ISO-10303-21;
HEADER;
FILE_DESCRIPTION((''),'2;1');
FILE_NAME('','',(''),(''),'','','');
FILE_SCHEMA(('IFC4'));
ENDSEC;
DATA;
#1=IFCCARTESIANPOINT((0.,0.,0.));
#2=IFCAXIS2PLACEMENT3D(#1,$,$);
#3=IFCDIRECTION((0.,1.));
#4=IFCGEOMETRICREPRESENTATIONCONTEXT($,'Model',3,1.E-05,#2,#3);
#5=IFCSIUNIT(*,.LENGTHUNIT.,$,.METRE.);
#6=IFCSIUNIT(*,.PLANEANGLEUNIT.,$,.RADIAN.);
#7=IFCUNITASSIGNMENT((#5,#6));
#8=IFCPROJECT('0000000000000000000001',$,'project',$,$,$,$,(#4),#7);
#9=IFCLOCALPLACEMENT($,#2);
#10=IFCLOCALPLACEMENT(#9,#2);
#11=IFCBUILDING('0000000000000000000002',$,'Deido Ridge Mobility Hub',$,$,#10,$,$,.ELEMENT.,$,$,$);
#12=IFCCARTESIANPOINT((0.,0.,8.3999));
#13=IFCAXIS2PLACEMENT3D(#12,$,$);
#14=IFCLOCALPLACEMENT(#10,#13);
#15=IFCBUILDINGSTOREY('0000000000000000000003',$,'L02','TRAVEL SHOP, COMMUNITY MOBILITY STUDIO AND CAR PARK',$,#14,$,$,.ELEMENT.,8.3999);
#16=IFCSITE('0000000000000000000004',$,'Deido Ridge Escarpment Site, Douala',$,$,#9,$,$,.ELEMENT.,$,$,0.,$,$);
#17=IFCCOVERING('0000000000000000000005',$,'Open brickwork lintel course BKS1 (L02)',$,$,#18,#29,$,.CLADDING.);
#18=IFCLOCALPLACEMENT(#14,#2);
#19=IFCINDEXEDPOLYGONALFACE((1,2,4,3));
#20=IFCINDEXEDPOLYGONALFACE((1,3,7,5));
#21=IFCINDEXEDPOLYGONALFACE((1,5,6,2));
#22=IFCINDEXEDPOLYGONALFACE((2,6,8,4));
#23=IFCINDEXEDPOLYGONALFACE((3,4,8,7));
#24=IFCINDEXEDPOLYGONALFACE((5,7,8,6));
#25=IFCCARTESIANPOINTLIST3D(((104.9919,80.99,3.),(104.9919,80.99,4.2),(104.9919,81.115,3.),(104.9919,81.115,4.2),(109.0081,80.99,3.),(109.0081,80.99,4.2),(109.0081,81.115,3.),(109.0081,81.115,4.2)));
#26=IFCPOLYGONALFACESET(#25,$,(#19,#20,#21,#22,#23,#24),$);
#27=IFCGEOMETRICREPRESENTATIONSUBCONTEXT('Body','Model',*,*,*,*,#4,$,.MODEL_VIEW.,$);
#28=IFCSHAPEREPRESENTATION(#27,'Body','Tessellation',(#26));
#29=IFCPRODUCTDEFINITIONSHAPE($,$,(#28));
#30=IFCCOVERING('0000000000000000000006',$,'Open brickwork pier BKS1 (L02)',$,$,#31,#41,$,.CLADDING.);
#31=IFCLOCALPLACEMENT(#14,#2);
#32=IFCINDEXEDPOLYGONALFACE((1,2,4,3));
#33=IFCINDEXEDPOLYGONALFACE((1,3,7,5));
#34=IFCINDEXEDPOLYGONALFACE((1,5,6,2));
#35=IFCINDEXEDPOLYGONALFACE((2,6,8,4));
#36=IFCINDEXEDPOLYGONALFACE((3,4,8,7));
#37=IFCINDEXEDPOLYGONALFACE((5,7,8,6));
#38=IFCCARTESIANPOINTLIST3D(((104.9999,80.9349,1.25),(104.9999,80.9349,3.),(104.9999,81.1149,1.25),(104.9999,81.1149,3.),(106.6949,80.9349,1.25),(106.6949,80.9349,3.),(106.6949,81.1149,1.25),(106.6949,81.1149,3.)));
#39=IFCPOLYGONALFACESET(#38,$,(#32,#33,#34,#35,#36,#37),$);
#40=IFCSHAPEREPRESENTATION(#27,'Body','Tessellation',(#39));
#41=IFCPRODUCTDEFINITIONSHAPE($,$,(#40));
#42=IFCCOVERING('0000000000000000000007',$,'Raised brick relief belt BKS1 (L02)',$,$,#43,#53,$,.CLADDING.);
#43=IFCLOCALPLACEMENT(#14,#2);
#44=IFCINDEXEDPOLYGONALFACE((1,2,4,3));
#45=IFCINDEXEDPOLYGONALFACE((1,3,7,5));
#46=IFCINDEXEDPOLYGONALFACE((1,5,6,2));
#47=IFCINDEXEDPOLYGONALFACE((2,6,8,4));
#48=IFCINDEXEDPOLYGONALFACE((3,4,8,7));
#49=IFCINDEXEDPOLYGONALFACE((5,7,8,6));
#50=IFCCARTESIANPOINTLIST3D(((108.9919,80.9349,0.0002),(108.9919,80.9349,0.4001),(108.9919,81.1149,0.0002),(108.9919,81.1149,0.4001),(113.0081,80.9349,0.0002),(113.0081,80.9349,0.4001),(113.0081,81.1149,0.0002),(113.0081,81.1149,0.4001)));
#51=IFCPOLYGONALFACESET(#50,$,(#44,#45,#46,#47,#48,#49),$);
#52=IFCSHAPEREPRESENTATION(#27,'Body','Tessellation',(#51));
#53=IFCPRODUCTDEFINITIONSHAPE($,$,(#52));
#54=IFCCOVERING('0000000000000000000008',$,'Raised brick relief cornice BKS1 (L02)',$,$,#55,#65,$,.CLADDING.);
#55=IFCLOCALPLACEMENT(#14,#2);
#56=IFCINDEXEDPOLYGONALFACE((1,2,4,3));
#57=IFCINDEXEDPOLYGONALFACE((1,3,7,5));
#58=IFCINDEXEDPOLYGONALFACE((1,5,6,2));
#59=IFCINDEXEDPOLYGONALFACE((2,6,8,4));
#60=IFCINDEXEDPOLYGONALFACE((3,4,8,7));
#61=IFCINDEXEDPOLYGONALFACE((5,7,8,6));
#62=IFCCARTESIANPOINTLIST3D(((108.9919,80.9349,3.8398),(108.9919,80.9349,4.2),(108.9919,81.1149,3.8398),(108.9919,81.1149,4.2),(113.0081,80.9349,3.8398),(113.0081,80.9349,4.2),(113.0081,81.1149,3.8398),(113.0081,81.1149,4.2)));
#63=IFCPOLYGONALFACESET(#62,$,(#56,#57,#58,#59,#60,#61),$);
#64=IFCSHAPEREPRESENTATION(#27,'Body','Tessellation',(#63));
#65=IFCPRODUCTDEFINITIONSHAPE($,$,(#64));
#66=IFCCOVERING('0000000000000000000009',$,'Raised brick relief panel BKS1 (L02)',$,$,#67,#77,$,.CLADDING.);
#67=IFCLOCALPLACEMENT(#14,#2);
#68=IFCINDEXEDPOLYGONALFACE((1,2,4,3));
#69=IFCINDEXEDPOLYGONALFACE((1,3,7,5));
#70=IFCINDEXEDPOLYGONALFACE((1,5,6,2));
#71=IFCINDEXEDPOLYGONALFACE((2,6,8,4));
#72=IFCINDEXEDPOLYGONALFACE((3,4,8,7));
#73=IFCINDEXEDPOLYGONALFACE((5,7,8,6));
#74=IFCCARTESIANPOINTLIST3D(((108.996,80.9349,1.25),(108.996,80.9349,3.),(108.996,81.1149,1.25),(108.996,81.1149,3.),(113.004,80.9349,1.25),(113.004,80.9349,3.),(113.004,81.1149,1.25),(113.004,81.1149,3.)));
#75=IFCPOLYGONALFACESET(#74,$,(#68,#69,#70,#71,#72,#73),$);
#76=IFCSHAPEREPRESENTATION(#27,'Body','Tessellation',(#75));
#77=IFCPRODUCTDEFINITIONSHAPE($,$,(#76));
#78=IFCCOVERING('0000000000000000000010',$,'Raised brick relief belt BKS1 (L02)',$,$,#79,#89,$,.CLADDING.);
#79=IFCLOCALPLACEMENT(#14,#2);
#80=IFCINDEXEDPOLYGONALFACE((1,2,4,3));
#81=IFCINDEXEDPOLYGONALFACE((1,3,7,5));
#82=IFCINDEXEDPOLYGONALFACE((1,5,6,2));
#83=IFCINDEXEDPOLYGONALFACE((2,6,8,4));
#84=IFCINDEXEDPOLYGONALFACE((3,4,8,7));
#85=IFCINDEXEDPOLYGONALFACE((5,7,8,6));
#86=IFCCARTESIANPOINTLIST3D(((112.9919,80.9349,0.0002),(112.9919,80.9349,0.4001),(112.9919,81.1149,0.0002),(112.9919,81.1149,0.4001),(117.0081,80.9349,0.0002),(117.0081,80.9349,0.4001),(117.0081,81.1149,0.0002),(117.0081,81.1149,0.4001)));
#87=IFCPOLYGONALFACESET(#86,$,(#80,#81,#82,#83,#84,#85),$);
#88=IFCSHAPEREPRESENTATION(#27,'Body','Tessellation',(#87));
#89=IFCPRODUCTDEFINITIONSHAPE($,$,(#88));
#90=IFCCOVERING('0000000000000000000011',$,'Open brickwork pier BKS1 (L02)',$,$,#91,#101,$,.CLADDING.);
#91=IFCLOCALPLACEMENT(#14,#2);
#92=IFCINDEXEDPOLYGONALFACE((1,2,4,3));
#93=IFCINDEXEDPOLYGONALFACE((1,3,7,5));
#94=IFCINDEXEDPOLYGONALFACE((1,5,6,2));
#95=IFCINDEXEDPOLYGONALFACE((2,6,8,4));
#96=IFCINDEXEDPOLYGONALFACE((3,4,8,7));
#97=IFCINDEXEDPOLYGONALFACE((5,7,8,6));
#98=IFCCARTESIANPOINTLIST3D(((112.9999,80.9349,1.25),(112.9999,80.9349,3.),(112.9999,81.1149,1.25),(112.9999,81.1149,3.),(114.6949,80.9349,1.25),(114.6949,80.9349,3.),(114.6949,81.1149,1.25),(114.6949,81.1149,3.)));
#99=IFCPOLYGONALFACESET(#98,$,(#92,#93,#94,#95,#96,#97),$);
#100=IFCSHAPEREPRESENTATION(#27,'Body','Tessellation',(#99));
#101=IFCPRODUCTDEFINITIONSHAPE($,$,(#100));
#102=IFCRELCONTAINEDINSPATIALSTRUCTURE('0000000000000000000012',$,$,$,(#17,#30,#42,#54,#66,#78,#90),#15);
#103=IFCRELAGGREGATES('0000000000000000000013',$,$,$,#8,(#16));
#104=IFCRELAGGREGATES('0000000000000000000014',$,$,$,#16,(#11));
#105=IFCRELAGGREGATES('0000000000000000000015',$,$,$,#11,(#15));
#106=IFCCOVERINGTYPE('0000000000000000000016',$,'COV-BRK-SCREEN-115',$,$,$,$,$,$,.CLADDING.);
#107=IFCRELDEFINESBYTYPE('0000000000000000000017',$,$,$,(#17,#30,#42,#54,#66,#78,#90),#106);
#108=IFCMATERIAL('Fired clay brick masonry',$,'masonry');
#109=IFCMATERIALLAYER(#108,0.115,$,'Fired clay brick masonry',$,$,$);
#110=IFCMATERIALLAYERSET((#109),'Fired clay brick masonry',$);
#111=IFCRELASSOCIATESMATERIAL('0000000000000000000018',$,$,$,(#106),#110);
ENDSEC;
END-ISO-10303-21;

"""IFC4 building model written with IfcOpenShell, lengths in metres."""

from ifc_helpers import new_model, si_unit, direction, frame, origin, origin_2d, place, context, subcontext, project, spatial, rectangle, extrude, material, layer, layer_set, type_object, element, save


model = new_model("IFC4")

# Units and contexts
model_context = context("Model", 3, precision=1e-05, world=origin(), true_north=direction((0.0, 1.0)))
body_context = subcontext(model_context, "Body", "Model", "MODEL_VIEW")
ifc_project = project(units=[si_unit("LENGTHUNIT", "METRE"), si_unit("PLANEANGLEUNIT", "RADIAN")], contexts=[model_context])

# Site, building, storey
site_placement = place(None, origin())
site = spatial("IfcSite", under=ifc_project, at=site_placement, Name="Deido Ridge Escarpment Site, Douala", CompositionType="ELEMENT", RefElevation=0.0)
building_placement = place(site_placement, origin())
building = spatial("IfcBuilding", under=site, at=building_placement, Name="Deido Ridge Mobility Hub", CompositionType="ELEMENT")
storey_placement = place(building_placement, frame((0.0, 0.0, 8.3999)))
storey = spatial("IfcBuildingStorey", under=building, at=storey_placement, Name="L02", Description="TRAVEL SHOP, COMMUNITY MOBILITY STUDIO AND CAR PARK", CompositionType="ELEMENT", Elevation=8.3999)

# Coverings
ifc_material_1 = material(Name="Fired clay brick masonry", Category="masonry")
ifc_layer_1 = layer(ifc_material_1, 0.115, Name="Fired clay brick masonry")
ifc_layer_set_1 = layer_set([ifc_layer_1], Name="Fired clay brick masonry")
covering_type = type_object("IfcCoveringType", Name="COV-BRK-SCREEN-115", PredefinedType="CLADDING", material=ifc_layer_set_1)
covering_1_placement = place(storey_placement, frame((107.0, 81.0525, 3.0), z_axis=(0.0, 0.0, 1.0), x_axis=(1.0, 0.0, 0.0)))
element("IfcCovering", 1, at=covering_1_placement, inside=storey, type_object=covering_type, Name="Open brickwork lintel course BKS1 (L02)", PredefinedType="CLADDING", context=body_context, shape_type="SweptSolid", body=[
    extrude(rectangle(XDim=4.0161, YDim=0.125, at=origin_2d()), origin(), (0.0, 0.0, 1.0), 1.2),
])
covering_2_placement = place(storey_placement, frame((105.8474, 81.0249, 1.25), z_axis=(0.0, 0.0, 1.0), x_axis=(1.0, 0.0, 0.0)))
element("IfcCovering", 2, at=covering_2_placement, inside=storey, type_object=covering_type, Name="Open brickwork pier BKS1 (L02)", PredefinedType="CLADDING", context=body_context, shape_type="SweptSolid", body=[
    extrude(rectangle(XDim=1.6951, YDim=0.1799, at=origin_2d()), origin(), (0.0, 0.0, 1.0), 1.75),
])
covering_3_placement = place(storey_placement, frame((111.0, 81.0249, 0.0002), z_axis=(0.0, 0.0, 1.0), x_axis=(1.0, 0.0, 0.0)))
element("IfcCovering", 3, at=covering_3_placement, inside=storey, type_object=covering_type, Name="Raised brick relief belt BKS1 (L02)", PredefinedType="CLADDING", context=body_context, shape_type="SweptSolid", body=[
    extrude(rectangle(XDim=4.0161, YDim=0.1799, at=origin_2d()), origin(), (0.0, 0.0, 1.0), 0.3999),
])
covering_4_placement = place(storey_placement, frame((111.0, 81.0249, 3.8398), z_axis=(0.0, 0.0, 1.0), x_axis=(1.0, 0.0, 0.0)))
element("IfcCovering", 4, at=covering_4_placement, inside=storey, type_object=covering_type, Name="Raised brick relief cornice BKS1 (L02)", PredefinedType="CLADDING", context=body_context, shape_type="SweptSolid", body=[
    extrude(rectangle(XDim=4.0161, YDim=0.1799, at=origin_2d()), origin(), (0.0, 0.0, 1.0), 0.3601),
])
covering_5_placement = place(storey_placement, frame((111.0, 81.0249, 1.25), z_axis=(0.0, 0.0, 1.0), x_axis=(1.0, 0.0, 0.0)))
element("IfcCovering", 5, at=covering_5_placement, inside=storey, type_object=covering_type, Name="Raised brick relief panel BKS1 (L02)", PredefinedType="CLADDING", context=body_context, shape_type="SweptSolid", body=[
    extrude(rectangle(XDim=4.0081, YDim=0.1799, at=origin_2d()), origin(), (0.0, 0.0, 1.0), 1.75),
])
covering_6_placement = place(storey_placement, frame((115.0, 81.0249, 0.0002), z_axis=(0.0, 0.0, 1.0), x_axis=(1.0, 0.0, 0.0)))
element("IfcCovering", 6, at=covering_6_placement, inside=storey, type_object=covering_type, Name="Raised brick relief belt BKS1 (L02)", PredefinedType="CLADDING", context=body_context, shape_type="SweptSolid", body=[
    extrude(rectangle(XDim=4.0161, YDim=0.1799, at=origin_2d()), origin(), (0.0, 0.0, 1.0), 0.3999),
])
covering_7_placement = place(storey_placement, frame((113.8474, 81.0249, 1.25), z_axis=(0.0, 0.0, 1.0), x_axis=(1.0, 0.0, 0.0)))
element("IfcCovering", 7, at=covering_7_placement, inside=storey, type_object=covering_type, Name="Open brickwork pier BKS1 (L02)", PredefinedType="CLADDING", context=body_context, shape_type="SweptSolid", body=[
    extrude(rectangle(XDim=1.6951, YDim=0.1799, at=origin_2d()), origin(), (0.0, 0.0, 1.0), 1.75),
])

save(model, "model.ifc")
